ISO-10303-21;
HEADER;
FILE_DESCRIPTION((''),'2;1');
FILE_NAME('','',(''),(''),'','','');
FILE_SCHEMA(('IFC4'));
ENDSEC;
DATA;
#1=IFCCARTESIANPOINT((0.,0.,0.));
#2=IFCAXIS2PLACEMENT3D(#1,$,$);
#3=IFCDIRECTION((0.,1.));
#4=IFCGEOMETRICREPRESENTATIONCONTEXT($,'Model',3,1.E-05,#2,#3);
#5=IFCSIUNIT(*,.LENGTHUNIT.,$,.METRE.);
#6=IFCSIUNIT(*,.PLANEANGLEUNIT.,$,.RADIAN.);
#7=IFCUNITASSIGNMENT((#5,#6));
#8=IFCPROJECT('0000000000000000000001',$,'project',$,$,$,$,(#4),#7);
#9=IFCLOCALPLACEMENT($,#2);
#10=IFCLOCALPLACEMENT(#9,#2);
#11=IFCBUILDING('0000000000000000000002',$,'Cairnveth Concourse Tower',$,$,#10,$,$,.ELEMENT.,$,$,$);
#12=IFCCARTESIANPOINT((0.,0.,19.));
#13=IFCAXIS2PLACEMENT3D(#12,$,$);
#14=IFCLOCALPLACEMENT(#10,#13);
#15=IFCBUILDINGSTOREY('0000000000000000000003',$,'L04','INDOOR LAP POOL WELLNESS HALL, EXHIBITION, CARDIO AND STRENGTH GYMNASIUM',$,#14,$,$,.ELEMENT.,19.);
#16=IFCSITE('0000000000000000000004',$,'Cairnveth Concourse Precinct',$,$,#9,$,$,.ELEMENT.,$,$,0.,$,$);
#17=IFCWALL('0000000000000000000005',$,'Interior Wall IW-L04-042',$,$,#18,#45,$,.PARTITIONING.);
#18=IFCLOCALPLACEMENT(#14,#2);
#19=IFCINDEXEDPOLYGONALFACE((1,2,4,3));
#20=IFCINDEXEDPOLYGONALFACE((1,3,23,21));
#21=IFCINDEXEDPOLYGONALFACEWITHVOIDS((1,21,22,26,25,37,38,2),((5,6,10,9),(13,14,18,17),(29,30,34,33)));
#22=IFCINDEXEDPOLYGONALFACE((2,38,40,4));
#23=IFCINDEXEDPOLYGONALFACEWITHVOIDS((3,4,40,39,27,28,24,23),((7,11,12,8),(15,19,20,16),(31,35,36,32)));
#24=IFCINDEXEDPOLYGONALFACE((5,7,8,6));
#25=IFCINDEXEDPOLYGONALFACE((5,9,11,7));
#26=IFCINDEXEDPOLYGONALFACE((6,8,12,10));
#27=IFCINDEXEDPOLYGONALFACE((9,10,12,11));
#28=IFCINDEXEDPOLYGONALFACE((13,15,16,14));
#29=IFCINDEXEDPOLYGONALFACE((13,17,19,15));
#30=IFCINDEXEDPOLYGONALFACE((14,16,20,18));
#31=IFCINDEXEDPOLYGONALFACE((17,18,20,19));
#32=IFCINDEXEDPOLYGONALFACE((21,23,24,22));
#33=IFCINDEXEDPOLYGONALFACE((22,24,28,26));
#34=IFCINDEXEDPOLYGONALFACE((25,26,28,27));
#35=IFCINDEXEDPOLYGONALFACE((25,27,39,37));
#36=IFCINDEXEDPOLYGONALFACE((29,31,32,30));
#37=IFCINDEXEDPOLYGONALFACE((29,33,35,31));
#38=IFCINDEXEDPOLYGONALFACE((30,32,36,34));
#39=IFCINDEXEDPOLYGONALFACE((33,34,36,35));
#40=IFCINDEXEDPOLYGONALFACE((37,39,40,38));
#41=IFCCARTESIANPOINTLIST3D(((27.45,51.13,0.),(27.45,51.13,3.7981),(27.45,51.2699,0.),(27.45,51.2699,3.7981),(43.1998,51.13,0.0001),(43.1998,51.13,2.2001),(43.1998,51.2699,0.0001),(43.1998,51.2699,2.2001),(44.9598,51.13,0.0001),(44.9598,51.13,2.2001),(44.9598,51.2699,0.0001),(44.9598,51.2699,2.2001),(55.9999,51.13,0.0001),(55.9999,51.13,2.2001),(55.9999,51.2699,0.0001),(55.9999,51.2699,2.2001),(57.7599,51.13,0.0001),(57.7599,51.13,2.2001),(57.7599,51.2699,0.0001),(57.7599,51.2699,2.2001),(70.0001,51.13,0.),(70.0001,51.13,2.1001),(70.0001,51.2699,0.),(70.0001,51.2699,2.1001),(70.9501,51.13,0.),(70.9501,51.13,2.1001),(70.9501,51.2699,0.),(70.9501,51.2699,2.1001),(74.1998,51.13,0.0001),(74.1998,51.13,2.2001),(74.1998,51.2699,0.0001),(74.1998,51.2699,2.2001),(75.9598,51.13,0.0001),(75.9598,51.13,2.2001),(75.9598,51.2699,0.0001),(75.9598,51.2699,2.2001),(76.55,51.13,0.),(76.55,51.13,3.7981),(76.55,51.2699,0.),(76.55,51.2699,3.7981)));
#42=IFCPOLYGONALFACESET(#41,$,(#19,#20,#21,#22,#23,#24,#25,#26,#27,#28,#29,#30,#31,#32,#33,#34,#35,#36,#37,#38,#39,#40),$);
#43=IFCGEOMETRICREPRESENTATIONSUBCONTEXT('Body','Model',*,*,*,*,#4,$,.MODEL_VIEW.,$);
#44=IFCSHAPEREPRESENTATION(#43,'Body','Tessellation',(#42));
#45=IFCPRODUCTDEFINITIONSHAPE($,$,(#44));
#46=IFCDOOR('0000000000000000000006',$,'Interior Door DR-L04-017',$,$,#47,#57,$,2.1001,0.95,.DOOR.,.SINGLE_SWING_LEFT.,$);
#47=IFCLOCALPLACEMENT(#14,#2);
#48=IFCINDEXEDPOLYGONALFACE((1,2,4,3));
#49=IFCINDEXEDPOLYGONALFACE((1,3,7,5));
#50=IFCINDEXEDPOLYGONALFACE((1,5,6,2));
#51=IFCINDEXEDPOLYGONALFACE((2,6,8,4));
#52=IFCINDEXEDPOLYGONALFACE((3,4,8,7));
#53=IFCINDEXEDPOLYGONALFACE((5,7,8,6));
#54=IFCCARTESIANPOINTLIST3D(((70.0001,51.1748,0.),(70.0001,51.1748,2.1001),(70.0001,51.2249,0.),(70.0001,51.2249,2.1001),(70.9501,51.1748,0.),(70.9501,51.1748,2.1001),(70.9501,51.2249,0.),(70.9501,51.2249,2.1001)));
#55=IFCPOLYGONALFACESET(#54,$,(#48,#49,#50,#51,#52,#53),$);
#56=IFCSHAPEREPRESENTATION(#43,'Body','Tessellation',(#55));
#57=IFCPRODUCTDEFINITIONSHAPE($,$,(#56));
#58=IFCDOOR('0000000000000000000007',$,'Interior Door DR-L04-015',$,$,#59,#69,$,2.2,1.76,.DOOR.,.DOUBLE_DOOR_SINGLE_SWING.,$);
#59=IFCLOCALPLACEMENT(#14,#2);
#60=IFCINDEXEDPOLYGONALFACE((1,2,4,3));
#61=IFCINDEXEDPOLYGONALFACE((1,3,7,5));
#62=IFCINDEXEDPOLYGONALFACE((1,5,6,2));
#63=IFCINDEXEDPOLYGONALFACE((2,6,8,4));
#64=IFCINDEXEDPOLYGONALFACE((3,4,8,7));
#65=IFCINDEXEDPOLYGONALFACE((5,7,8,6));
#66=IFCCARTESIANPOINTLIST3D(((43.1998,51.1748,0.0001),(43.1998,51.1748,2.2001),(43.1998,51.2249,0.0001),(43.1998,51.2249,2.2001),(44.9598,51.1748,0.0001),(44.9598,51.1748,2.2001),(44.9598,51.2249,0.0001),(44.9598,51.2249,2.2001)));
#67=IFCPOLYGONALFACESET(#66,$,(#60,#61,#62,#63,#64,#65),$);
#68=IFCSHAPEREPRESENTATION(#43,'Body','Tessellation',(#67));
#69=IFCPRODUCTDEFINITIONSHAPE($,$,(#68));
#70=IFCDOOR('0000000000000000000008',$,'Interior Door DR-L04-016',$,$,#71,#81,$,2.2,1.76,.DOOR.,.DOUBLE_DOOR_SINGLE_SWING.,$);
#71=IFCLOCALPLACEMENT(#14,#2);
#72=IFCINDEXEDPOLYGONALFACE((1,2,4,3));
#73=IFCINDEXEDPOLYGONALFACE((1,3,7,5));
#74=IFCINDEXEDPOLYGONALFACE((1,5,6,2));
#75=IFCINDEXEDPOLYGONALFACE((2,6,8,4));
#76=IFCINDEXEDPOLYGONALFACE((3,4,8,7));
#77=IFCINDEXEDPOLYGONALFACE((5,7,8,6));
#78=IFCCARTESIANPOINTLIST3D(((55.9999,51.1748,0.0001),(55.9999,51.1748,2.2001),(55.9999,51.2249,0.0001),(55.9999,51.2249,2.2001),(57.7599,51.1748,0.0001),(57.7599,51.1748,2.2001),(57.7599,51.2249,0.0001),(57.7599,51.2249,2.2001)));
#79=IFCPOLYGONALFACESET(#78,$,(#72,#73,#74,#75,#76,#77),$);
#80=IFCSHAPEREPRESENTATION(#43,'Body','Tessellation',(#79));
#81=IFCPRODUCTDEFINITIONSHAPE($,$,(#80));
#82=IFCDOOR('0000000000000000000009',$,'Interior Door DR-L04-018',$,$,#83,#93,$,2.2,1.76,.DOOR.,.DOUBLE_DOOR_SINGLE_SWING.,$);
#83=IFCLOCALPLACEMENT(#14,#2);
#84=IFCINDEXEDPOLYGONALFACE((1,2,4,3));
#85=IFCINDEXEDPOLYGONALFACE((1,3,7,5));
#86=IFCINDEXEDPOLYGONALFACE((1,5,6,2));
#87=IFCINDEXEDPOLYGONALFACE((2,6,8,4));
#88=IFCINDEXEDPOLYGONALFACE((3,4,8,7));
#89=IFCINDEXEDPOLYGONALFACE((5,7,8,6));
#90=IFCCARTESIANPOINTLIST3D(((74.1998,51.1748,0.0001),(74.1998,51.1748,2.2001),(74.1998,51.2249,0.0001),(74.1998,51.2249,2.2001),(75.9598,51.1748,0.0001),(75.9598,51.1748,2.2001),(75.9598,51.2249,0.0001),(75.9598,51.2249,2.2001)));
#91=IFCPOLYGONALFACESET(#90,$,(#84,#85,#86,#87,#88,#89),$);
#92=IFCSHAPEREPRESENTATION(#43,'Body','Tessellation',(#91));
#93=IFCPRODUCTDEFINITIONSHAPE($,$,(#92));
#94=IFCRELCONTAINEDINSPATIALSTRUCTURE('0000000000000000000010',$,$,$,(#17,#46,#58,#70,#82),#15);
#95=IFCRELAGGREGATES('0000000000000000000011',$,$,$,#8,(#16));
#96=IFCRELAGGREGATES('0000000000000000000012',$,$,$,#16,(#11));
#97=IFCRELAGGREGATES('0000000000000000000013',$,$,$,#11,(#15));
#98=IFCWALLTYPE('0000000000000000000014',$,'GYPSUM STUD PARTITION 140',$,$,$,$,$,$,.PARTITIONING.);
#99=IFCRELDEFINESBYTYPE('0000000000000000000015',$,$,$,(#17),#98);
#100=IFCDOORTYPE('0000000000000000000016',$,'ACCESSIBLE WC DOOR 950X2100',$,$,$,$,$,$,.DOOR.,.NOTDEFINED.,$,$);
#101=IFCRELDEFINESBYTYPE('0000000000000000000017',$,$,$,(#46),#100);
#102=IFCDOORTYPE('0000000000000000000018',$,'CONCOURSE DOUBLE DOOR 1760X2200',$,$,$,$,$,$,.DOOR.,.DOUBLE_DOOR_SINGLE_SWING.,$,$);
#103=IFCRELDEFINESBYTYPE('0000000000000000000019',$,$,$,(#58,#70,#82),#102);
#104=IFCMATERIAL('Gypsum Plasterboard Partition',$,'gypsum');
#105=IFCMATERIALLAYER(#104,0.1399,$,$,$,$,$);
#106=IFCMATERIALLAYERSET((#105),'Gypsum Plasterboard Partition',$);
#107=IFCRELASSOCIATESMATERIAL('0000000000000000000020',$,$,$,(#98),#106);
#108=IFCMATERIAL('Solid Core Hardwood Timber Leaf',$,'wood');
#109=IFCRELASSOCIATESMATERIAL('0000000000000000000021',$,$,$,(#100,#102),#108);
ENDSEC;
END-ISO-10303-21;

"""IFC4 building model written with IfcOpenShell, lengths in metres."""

from ifc_helpers import new_model, si_unit, direction, frame, frame_2d, origin, place, context, subcontext, project, spatial, rectangle, extrude, material, layer, layer_set, type_object, element, fill, save


model = new_model("IFC4")

# Units and contexts
model_context = context("Model", 3, precision=1e-05, world=origin(), true_north=direction((0.0, 1.0)))
body_context = subcontext(model_context, "Body", "Model", "MODEL_VIEW")
ifc_project = project(units=[si_unit("LENGTHUNIT", "METRE"), si_unit("PLANEANGLEUNIT", "RADIAN")], contexts=[model_context])

# Site, building, storey
site_placement = place(None, origin())
site = spatial("IfcSite", under=ifc_project, at=site_placement, Name="Cairnveth Concourse Precinct", CompositionType="ELEMENT", RefElevation=0.0)
building_placement = place(site_placement, origin())
building = spatial("IfcBuilding", under=site, at=building_placement, Name="Cairnveth Concourse Tower", CompositionType="ELEMENT")
storey_placement = place(building_placement, frame((0.0, 0.0, 19.0)))
storey = spatial("IfcBuildingStorey", under=building, at=storey_placement, Name="L04", Description="INDOOR LAP POOL WELLNESS HALL, EXHIBITION, CARDIO AND STRENGTH GYMNASIUM", CompositionType="ELEMENT", Elevation=19.0)

# Wall, openings, doors
ifc_material_1 = material(Name="Gypsum Plasterboard Partition", Category="gypsum")
ifc_layer_1 = layer(ifc_material_1, 0.1399)
ifc_layer_set_1 = layer_set([ifc_layer_1], Name="Gypsum Plasterboard Partition")
wall_type_1 = type_object("IfcWallType", Name="GYPSUM STUD PARTITION 140", PredefinedType="PARTITIONING", material=ifc_layer_set_1)
wall_1_placement = place(storey_placement, frame((27.45, 51.2, 0.0), z_axis=(0.0, 0.0, 1.0), x_axis=(1.0, 0.0, 0.0)))
wall_1 = element("IfcWall", 1, at=wall_1_placement, inside=storey, type_object=wall_type_1, Name="Interior Wall IW-L04-042", PredefinedType="PARTITIONING", context=body_context, shape_type="SweptSolid", body=[
    extrude(rectangle(XDim=49.1001, YDim=0.1399, at=frame_2d((24.55, 0.0))), origin(), (0.0, 0.0, 1.0), 3.7981),
])
opening_1_placement = place(wall_1_placement, frame((15.75, 0.0, 0.0)))
opening_1 = element("IfcOpeningElement", 2, at=opening_1_placement, cuts=wall_1, PredefinedType="OPENING", context=body_context, shape_type="SweptSolid", body=[
    extrude(rectangle(XDim=1.76, YDim=2.2, at=frame_2d((0.8799, 1.1001))), frame((0.0, 0.0798, 0.0), z_axis=(0.0, -1.0, 0.0), x_axis=(1.0, 0.0, 0.0)), (0.0, 0.0, 1.0), 0.1599),
])
opening_2_placement = place(wall_1_placement, frame((28.55, 0.0, 0.0)))
opening_2 = element("IfcOpeningElement", 3, at=opening_2_placement, cuts=wall_1, PredefinedType="OPENING", context=body_context, shape_type="SweptSolid", body=[
    extrude(rectangle(XDim=1.76, YDim=2.2, at=frame_2d((0.8799, 1.1001))), frame((0.0, 0.0798, 0.0), z_axis=(0.0, -1.0, 0.0), x_axis=(1.0, 0.0, 0.0)), (0.0, 0.0, 1.0), 0.1599),
])
opening_3_placement = place(wall_1_placement, frame((42.55, 0.0, 0.0)))
opening_3 = element("IfcOpeningElement", 4, at=opening_3_placement, cuts=wall_1, PredefinedType="OPENING", context=body_context, shape_type="SweptSolid", body=[
    extrude(rectangle(XDim=0.95, YDim=2.1001, at=frame_2d((0.4751, 1.05))), frame((0.0, 0.0798, 0.0), z_axis=(0.0, -1.0, 0.0), x_axis=(1.0, 0.0, 0.0)), (0.0, 0.0, 1.0), 0.1599),
])
opening_4_placement = place(wall_1_placement, frame((46.75, 0.0, 0.0)))
opening_4 = element("IfcOpeningElement", 5, at=opening_4_placement, cuts=wall_1, PredefinedType="OPENING", context=body_context, shape_type="SweptSolid", body=[
    extrude(rectangle(XDim=1.76, YDim=2.2, at=frame_2d((0.8799, 1.1001))), frame((0.0, 0.0798, 0.0), z_axis=(0.0, -1.0, 0.0), x_axis=(1.0, 0.0, 0.0)), (0.0, 0.0, 1.0), 0.1599),
])
ifc_material_2 = material(Name="Solid Core Hardwood Timber Leaf", Category="wood")
door_type_1 = type_object("IfcDoorType", Name="ACCESSIBLE WC DOOR 950X2100", OperationType="NOTDEFINED", PredefinedType="DOOR", material=ifc_material_2)
door_1_placement = place(opening_3_placement, origin())
door_1 = element("IfcDoor", 6, at=door_1_placement, inside=storey, type_object=door_type_1, Name="Interior Door DR-L04-017", OperationType="SINGLE_SWING_LEFT", OverallHeight=2.1001, OverallWidth=0.95, PredefinedType="DOOR", context=body_context, shape_type="SweptSolid", body=[
    extrude(rectangle(XDim=0.95, YDim=2.1001, at=frame_2d((0.4751, 1.05))), frame((0.0, 0.0249, 0.0), z_axis=(0.0, -1.0, 0.0), x_axis=(1.0, 0.0, 0.0)), (0.0, 0.0, 1.0), 0.05),
])
fill(opening_3, door_1)
door_type_2 = type_object("IfcDoorType", Name="CONCOURSE DOUBLE DOOR 1760X2200", OperationType="DOUBLE_DOOR_SINGLE_SWING", PredefinedType="DOOR", material=ifc_material_2)
door_2_placement = place(opening_1_placement, origin())
door_2 = element("IfcDoor", 7, at=door_2_placement, inside=storey, type_object=door_type_2, Name="Interior Door DR-L04-015", OperationType="DOUBLE_DOOR_SINGLE_SWING", OverallHeight=2.2, OverallWidth=1.76, PredefinedType="DOOR", context=body_context, shape_type="SweptSolid", body=[
    extrude(rectangle(XDim=1.76, YDim=2.2, at=frame_2d((0.8799, 1.1001))), frame((0.0, 0.0249, 0.0), z_axis=(0.0, -1.0, 0.0), x_axis=(1.0, 0.0, 0.0)), (0.0, 0.0, 1.0), 0.05),
])
fill(opening_1, door_2)
door_3_placement = place(opening_2_placement, origin())
door_3 = element("IfcDoor", 8, at=door_3_placement, inside=storey, type_object=door_type_2, Name="Interior Door DR-L04-016", OperationType="DOUBLE_DOOR_SINGLE_SWING", OverallHeight=2.2, OverallWidth=1.76, PredefinedType="DOOR", context=body_context, shape_type="SweptSolid", body=[
    extrude(rectangle(XDim=1.76, YDim=2.2, at=frame_2d((0.8799, 1.1001))), frame((0.0, 0.0249, 0.0), z_axis=(0.0, -1.0, 0.0), x_axis=(1.0, 0.0, 0.0)), (0.0, 0.0, 1.0), 0.05),
])
fill(opening_2, door_3)
door_4_placement = place(opening_4_placement, origin())
door_4 = element("IfcDoor", 9, at=door_4_placement, inside=storey, type_object=door_type_2, Name="Interior Door DR-L04-018", OperationType="DOUBLE_DOOR_SINGLE_SWING", OverallHeight=2.2, OverallWidth=1.76, PredefinedType="DOOR", context=body_context, shape_type="SweptSolid", body=[
    extrude(rectangle(XDim=1.76, YDim=2.2, at=frame_2d((0.8799, 1.1001))), frame((0.0, 0.0249, 0.0), z_axis=(0.0, -1.0, 0.0), x_axis=(1.0, 0.0, 0.0)), (0.0, 0.0, 1.0), 0.05),
])
fill(opening_4, door_4)

save(model, "model.ifc")
